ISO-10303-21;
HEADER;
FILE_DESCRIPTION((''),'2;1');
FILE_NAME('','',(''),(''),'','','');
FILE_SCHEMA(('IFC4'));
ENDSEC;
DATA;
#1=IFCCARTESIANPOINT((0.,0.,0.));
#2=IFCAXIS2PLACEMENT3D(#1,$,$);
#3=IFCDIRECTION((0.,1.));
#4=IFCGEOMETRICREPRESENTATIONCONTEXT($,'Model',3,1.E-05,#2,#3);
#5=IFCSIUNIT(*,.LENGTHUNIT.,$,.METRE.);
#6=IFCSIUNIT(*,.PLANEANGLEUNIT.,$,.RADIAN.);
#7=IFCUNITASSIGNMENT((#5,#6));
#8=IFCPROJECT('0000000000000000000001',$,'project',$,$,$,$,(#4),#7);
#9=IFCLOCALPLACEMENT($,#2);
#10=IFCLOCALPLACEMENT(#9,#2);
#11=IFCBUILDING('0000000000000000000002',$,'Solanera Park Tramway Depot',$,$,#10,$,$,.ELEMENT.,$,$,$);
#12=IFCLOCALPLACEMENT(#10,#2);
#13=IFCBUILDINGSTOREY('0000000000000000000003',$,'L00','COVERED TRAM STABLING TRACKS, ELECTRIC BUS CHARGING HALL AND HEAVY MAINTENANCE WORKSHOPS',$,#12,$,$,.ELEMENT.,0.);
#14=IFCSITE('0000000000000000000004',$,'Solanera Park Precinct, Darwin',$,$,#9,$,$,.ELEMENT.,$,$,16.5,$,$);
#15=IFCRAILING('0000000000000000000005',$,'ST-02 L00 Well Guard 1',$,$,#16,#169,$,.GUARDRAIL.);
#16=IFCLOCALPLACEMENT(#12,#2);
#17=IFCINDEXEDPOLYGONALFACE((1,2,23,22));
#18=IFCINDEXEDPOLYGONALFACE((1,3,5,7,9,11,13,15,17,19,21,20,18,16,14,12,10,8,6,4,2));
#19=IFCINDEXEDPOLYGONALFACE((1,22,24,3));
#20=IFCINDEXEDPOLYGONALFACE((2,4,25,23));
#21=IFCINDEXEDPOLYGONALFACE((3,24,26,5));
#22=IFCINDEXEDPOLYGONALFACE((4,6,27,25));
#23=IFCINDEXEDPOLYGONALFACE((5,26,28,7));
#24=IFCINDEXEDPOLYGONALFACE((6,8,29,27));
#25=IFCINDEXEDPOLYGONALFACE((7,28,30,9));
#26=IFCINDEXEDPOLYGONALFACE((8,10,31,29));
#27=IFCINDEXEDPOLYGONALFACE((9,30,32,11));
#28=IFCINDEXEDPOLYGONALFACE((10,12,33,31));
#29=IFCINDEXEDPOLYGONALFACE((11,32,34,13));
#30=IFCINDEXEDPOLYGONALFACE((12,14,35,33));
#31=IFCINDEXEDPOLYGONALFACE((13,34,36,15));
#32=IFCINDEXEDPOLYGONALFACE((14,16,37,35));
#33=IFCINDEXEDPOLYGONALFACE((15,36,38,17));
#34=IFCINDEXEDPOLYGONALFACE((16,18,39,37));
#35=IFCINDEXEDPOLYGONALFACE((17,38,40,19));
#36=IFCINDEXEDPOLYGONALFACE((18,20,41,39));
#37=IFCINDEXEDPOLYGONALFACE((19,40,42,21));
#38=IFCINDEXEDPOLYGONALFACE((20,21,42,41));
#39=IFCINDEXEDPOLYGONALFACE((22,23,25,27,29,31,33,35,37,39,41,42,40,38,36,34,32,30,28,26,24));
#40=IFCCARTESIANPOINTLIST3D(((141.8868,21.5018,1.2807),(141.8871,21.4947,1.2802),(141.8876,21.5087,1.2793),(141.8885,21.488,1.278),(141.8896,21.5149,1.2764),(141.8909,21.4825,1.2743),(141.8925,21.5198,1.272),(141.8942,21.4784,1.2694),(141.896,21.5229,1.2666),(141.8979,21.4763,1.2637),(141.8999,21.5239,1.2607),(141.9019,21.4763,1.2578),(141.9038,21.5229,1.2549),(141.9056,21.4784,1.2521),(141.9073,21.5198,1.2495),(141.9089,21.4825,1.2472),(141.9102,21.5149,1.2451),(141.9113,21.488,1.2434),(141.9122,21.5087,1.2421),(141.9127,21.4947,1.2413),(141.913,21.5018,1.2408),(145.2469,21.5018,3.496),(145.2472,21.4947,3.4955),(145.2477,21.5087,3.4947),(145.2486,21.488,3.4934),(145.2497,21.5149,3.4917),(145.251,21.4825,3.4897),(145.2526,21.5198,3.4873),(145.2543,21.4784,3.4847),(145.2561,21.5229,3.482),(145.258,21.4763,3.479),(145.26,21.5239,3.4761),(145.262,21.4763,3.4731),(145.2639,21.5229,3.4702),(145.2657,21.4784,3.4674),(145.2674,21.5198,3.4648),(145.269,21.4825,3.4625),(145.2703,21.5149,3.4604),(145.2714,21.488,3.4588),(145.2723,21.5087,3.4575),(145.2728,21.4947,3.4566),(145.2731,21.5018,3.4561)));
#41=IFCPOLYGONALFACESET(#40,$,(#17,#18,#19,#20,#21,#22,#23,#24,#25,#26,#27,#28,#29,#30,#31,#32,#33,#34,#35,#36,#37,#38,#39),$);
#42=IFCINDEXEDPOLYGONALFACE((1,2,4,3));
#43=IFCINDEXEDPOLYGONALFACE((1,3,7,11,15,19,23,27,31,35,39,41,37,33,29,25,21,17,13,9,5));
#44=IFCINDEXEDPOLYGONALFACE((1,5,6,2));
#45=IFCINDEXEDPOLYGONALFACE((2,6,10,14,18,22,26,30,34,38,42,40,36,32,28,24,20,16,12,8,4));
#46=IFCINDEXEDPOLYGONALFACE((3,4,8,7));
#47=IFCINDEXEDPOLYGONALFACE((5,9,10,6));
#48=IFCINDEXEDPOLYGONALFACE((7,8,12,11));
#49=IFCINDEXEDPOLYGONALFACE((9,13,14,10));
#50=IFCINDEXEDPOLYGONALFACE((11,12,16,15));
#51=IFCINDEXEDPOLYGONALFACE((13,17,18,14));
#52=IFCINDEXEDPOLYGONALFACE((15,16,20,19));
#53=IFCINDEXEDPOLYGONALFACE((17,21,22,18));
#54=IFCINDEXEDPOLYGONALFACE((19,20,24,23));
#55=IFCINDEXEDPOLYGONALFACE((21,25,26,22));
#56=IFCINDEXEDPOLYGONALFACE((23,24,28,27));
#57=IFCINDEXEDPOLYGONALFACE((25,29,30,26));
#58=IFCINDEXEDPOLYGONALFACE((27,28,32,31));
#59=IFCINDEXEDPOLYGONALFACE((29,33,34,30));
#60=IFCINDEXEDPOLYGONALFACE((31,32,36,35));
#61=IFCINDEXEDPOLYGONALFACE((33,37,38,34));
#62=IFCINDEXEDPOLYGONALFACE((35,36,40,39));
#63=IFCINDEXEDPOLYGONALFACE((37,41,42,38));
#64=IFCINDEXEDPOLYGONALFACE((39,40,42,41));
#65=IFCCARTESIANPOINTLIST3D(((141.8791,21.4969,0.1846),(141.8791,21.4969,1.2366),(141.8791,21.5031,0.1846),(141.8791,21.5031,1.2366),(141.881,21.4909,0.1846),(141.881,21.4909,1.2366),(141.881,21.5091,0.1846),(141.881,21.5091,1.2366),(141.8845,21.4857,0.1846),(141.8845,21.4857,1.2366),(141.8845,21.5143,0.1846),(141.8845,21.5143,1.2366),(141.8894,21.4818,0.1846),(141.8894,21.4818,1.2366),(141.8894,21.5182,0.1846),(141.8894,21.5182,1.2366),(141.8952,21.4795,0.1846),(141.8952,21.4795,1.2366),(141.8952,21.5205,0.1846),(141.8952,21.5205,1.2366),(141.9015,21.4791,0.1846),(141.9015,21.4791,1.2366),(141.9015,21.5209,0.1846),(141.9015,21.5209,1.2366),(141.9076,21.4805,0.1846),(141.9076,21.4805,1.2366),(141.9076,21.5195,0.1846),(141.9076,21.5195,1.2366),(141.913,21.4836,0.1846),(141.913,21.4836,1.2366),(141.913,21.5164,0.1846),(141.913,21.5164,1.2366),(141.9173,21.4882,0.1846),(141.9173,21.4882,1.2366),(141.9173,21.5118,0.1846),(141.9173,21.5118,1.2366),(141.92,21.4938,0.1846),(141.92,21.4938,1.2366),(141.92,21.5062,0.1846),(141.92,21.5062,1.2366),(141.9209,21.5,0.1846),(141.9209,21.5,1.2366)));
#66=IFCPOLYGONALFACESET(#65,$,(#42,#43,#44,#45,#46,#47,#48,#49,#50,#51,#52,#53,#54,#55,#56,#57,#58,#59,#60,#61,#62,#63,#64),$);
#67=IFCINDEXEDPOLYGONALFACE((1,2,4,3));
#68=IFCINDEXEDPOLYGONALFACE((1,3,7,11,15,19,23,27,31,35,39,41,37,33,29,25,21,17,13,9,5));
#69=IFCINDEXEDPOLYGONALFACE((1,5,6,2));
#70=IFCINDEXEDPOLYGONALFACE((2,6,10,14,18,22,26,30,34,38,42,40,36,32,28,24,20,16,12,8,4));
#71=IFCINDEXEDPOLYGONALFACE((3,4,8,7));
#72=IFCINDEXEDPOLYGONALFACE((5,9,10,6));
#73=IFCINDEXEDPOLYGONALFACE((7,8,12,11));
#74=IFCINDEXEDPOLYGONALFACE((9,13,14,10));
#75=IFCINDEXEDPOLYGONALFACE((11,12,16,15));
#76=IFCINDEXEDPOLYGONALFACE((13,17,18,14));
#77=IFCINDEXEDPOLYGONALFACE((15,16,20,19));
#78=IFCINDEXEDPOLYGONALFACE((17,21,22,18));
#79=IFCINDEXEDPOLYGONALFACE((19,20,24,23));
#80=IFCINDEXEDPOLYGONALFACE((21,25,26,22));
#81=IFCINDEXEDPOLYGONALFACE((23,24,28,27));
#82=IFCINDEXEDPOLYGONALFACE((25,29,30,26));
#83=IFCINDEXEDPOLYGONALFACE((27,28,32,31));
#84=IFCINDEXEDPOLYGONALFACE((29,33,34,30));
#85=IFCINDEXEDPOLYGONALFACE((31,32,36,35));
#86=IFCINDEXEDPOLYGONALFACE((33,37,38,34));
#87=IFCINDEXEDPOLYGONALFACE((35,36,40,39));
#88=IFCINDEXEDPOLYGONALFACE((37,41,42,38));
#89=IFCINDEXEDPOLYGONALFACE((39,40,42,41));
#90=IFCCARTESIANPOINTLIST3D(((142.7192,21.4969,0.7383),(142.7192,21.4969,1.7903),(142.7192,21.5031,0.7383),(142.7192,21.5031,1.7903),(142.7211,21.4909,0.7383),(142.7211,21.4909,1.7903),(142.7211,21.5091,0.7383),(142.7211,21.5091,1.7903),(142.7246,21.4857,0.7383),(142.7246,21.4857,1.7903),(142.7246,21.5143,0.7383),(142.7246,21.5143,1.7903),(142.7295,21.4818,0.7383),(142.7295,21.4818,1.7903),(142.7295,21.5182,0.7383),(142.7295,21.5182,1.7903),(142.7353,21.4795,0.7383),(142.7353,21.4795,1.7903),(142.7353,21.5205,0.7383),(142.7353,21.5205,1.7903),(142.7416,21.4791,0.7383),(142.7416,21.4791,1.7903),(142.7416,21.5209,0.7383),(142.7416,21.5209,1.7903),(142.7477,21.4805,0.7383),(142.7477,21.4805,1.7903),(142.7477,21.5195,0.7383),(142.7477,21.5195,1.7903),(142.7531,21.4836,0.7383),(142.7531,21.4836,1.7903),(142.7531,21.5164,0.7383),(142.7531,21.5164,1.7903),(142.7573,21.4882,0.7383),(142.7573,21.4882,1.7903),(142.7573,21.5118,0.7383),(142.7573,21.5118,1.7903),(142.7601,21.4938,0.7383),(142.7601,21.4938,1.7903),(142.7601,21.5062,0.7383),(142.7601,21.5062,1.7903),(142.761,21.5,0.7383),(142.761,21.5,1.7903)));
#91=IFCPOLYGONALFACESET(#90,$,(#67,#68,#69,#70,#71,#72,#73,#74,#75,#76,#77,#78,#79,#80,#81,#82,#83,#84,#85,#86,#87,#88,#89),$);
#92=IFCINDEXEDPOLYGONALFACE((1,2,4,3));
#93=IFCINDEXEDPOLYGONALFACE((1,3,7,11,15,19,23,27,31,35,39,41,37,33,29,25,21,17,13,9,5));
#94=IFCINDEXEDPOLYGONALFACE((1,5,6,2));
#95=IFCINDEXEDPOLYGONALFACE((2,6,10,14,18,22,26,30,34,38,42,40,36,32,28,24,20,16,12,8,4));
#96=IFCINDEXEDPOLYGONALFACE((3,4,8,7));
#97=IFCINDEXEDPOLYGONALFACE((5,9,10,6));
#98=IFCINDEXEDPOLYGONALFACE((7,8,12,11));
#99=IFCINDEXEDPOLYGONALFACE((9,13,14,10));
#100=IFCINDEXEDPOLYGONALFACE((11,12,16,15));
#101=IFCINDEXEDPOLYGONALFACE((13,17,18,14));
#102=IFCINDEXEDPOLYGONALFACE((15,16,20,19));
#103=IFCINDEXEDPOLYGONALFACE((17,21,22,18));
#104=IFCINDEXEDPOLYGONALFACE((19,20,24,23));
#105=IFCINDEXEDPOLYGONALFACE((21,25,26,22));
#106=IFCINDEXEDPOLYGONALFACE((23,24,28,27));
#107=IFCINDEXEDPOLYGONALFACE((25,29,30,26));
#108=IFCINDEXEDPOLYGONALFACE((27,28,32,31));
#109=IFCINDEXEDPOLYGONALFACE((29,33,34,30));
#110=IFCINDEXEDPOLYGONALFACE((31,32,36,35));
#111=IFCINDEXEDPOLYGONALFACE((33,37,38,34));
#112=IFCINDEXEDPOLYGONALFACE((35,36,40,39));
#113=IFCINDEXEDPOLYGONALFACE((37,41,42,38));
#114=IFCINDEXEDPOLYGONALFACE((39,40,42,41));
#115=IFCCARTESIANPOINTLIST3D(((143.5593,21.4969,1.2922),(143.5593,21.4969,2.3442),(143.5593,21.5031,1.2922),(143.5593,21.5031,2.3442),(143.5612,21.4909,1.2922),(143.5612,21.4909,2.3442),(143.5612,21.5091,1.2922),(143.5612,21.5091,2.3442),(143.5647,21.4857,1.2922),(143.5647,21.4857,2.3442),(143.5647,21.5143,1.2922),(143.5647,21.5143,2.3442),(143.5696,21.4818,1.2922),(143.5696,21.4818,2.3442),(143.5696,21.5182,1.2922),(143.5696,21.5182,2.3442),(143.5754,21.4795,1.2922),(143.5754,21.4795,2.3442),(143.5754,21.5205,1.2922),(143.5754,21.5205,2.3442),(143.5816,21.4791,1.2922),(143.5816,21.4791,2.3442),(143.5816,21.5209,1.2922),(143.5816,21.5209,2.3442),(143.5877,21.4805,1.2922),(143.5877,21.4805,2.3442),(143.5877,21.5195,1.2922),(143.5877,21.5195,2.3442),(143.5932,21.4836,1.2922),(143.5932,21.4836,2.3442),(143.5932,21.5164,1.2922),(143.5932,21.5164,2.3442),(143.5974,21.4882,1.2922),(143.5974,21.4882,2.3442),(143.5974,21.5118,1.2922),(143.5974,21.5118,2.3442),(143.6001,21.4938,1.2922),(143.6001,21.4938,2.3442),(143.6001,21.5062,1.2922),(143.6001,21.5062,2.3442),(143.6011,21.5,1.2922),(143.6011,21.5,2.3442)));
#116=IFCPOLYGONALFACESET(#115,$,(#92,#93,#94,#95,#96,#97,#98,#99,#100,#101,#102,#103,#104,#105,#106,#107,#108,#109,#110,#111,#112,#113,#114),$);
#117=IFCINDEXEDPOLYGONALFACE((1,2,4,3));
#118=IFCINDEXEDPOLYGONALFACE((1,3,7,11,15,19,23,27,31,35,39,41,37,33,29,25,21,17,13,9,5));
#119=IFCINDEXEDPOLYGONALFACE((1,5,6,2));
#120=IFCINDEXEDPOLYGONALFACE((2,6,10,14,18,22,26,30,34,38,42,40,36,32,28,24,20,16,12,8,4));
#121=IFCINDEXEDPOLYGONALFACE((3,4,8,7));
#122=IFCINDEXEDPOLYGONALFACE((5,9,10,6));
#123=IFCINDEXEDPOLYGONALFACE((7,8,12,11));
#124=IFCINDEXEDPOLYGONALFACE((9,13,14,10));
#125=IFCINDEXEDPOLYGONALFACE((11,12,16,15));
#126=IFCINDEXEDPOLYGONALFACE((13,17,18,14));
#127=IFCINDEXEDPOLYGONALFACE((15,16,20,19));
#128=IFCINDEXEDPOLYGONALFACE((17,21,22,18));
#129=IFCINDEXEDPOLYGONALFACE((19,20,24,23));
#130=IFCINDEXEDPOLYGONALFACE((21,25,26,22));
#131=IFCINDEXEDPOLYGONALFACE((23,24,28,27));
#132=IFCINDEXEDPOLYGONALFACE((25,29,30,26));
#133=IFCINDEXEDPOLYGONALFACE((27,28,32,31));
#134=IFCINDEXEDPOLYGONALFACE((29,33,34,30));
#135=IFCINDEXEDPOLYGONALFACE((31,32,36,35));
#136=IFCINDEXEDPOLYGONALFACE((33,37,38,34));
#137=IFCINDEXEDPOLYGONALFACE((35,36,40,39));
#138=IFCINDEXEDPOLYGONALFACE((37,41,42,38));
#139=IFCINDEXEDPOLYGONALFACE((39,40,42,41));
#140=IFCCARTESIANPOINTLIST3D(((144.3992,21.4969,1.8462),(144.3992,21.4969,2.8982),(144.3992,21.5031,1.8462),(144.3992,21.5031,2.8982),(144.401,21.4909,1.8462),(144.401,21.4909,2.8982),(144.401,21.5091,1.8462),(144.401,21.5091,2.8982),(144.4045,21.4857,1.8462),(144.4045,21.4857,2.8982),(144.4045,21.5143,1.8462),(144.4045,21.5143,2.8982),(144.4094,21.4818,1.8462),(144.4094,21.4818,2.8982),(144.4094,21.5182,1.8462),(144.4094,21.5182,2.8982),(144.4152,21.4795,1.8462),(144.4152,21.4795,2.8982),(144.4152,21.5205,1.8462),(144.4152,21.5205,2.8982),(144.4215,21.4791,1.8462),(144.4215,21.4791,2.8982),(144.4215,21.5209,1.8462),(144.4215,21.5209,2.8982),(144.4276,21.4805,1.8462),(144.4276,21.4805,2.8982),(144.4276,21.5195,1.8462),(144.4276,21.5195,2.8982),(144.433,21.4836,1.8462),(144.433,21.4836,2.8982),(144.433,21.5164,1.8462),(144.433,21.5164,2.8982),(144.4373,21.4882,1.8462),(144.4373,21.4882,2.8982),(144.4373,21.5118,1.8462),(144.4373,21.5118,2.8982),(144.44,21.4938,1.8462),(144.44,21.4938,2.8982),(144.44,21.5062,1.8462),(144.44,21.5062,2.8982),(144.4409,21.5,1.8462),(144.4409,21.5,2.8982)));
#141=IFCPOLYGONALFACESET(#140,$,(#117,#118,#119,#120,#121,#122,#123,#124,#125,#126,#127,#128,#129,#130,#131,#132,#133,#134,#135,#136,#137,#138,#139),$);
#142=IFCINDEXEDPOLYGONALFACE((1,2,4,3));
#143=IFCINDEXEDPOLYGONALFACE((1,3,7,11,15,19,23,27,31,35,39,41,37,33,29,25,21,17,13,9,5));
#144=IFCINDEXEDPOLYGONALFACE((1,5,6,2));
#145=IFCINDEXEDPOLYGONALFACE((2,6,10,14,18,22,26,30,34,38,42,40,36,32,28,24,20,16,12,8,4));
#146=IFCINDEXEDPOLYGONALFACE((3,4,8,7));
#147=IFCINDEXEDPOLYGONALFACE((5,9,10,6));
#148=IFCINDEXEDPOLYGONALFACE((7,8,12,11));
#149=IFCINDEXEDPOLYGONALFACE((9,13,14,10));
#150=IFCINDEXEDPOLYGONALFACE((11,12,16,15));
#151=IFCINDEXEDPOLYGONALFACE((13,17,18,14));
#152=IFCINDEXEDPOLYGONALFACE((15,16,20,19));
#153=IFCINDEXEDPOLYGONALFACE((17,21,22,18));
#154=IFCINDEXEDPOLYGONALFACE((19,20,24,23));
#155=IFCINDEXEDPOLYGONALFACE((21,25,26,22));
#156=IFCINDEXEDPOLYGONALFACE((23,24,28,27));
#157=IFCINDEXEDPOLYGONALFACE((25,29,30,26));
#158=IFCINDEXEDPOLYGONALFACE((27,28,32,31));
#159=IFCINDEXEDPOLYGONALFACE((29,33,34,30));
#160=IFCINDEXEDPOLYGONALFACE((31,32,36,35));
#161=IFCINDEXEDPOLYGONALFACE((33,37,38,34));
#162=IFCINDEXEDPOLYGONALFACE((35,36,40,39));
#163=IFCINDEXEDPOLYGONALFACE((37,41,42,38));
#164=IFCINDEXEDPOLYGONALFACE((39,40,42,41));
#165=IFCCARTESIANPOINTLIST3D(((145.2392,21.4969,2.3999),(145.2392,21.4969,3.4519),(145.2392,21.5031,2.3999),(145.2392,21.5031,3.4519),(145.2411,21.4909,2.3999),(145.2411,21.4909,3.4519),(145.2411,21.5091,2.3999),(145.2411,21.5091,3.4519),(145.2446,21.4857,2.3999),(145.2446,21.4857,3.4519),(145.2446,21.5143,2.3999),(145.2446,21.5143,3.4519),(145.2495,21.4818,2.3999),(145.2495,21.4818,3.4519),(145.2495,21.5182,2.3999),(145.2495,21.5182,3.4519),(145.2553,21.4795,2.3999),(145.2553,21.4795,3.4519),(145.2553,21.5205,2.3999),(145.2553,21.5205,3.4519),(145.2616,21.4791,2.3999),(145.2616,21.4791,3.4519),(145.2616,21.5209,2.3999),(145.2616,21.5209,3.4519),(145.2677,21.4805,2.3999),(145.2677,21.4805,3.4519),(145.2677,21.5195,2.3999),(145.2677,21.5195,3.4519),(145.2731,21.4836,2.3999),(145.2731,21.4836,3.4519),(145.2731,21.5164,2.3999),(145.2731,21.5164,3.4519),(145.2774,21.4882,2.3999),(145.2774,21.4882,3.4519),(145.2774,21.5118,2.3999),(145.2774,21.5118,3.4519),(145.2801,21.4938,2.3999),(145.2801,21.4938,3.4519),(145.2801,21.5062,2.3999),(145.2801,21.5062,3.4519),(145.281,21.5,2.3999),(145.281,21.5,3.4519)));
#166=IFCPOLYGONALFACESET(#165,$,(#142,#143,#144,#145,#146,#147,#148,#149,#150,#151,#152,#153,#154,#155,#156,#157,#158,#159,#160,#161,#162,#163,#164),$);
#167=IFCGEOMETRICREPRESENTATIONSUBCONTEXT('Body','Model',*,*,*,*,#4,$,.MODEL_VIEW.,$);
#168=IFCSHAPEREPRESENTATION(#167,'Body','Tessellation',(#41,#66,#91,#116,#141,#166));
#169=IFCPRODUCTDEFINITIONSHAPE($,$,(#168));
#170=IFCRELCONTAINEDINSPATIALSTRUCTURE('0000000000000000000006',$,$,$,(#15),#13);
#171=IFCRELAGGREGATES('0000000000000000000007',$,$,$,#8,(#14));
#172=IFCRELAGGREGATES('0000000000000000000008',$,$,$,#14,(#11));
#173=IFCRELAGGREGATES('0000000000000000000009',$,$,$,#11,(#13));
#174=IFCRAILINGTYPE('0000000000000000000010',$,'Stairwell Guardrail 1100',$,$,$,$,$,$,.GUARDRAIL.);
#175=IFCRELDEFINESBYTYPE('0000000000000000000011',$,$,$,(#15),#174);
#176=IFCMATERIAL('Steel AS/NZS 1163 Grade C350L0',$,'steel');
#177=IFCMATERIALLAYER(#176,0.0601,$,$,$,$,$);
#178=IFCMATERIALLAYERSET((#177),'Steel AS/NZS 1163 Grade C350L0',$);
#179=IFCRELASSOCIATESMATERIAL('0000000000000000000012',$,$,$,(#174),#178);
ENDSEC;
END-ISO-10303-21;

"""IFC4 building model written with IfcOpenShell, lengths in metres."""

from ifc_helpers import new_model, si_unit, direction, frame, origin, origin_2d, place, context, subcontext, project, spatial, circle, extrude, material, layer, layer_set, type_object, element, save


model = new_model("IFC4")

# Units and contexts
model_context = context("Model", 3, precision=1e-05, world=origin(), true_north=direction((0.0, 1.0)))
body_context = subcontext(model_context, "Body", "Model", "MODEL_VIEW")
ifc_project = project(units=[si_unit("LENGTHUNIT", "METRE"), si_unit("PLANEANGLEUNIT", "RADIAN")], contexts=[model_context])

# Site, building, storey
site_placement = place(None, origin())
site = spatial("IfcSite", under=ifc_project, at=site_placement, Name="Solanera Park Precinct, Darwin", CompositionType="ELEMENT", RefElevation=16.5)
building_placement = place(site_placement, origin())
building = spatial("IfcBuilding", under=site, at=building_placement, Name="Solanera Park Tramway Depot", CompositionType="ELEMENT")
storey_placement = place(building_placement, origin())
storey = spatial("IfcBuildingStorey", under=building, at=storey_placement, Name="L00", Description="COVERED TRAM STABLING TRACKS, ELECTRIC BUS CHARGING HALL AND HEAVY MAINTENANCE WORKSHOPS", CompositionType="ELEMENT", Elevation=0.0)

# Railing
ifc_material_1 = material(Name="Steel AS/NZS 1163 Grade C350L0", Category="steel")
ifc_layer_1 = layer(ifc_material_1, 0.0601)
ifc_layer_set_1 = layer_set([ifc_layer_1], Name="Steel AS/NZS 1163 Grade C350L0")
railing_type_1 = type_object("IfcRailingType", Name="Stairwell Guardrail 1100", PredefinedType="GUARDRAIL", material=ifc_layer_set_1)
railing_1_placement = place(storey_placement, frame((141.8999, 21.5, 0.1846)))
element("IfcRailing", 1, at=railing_1_placement, inside=storey, type_object=railing_type_1, Name="ST-02 L00 Well Guard 1", PredefinedType="GUARDRAIL", context=body_context, shape_type="SweptSolid", body=[
    extrude(circle(Radius=0.0239, at=origin_2d()), frame((0.0, 0.0, 1.0762), z_axis=(0.834876, 0.0, 0.550437), x_axis=(0.0, 1.0, 0.0)), (0.0, 0.0, 1.0), 4.0247),
    extrude(circle(Radius=0.021, at=origin_2d()), origin(), (0.0, 0.0, 1.0), 1.052),
    extrude(circle(Radius=0.021, at=origin_2d()), frame((0.8401, 0.0, 0.5537)), (0.0, 0.0, 1.0), 1.052),
    extrude(circle(Radius=0.021, at=origin_2d()), frame((1.6802, 0.0, 1.1077)), (0.0, 0.0, 1.0), 1.052),
    extrude(circle(Radius=0.021, at=origin_2d()), frame((2.52, 0.0, 1.6616)), (0.0, 0.0, 1.0), 1.052),
    extrude(circle(Radius=0.021, at=origin_2d()), frame((3.3601, 0.0, 2.2153)), (0.0, 0.0, 1.0), 1.052),
])

save(model, "model.ifc")
